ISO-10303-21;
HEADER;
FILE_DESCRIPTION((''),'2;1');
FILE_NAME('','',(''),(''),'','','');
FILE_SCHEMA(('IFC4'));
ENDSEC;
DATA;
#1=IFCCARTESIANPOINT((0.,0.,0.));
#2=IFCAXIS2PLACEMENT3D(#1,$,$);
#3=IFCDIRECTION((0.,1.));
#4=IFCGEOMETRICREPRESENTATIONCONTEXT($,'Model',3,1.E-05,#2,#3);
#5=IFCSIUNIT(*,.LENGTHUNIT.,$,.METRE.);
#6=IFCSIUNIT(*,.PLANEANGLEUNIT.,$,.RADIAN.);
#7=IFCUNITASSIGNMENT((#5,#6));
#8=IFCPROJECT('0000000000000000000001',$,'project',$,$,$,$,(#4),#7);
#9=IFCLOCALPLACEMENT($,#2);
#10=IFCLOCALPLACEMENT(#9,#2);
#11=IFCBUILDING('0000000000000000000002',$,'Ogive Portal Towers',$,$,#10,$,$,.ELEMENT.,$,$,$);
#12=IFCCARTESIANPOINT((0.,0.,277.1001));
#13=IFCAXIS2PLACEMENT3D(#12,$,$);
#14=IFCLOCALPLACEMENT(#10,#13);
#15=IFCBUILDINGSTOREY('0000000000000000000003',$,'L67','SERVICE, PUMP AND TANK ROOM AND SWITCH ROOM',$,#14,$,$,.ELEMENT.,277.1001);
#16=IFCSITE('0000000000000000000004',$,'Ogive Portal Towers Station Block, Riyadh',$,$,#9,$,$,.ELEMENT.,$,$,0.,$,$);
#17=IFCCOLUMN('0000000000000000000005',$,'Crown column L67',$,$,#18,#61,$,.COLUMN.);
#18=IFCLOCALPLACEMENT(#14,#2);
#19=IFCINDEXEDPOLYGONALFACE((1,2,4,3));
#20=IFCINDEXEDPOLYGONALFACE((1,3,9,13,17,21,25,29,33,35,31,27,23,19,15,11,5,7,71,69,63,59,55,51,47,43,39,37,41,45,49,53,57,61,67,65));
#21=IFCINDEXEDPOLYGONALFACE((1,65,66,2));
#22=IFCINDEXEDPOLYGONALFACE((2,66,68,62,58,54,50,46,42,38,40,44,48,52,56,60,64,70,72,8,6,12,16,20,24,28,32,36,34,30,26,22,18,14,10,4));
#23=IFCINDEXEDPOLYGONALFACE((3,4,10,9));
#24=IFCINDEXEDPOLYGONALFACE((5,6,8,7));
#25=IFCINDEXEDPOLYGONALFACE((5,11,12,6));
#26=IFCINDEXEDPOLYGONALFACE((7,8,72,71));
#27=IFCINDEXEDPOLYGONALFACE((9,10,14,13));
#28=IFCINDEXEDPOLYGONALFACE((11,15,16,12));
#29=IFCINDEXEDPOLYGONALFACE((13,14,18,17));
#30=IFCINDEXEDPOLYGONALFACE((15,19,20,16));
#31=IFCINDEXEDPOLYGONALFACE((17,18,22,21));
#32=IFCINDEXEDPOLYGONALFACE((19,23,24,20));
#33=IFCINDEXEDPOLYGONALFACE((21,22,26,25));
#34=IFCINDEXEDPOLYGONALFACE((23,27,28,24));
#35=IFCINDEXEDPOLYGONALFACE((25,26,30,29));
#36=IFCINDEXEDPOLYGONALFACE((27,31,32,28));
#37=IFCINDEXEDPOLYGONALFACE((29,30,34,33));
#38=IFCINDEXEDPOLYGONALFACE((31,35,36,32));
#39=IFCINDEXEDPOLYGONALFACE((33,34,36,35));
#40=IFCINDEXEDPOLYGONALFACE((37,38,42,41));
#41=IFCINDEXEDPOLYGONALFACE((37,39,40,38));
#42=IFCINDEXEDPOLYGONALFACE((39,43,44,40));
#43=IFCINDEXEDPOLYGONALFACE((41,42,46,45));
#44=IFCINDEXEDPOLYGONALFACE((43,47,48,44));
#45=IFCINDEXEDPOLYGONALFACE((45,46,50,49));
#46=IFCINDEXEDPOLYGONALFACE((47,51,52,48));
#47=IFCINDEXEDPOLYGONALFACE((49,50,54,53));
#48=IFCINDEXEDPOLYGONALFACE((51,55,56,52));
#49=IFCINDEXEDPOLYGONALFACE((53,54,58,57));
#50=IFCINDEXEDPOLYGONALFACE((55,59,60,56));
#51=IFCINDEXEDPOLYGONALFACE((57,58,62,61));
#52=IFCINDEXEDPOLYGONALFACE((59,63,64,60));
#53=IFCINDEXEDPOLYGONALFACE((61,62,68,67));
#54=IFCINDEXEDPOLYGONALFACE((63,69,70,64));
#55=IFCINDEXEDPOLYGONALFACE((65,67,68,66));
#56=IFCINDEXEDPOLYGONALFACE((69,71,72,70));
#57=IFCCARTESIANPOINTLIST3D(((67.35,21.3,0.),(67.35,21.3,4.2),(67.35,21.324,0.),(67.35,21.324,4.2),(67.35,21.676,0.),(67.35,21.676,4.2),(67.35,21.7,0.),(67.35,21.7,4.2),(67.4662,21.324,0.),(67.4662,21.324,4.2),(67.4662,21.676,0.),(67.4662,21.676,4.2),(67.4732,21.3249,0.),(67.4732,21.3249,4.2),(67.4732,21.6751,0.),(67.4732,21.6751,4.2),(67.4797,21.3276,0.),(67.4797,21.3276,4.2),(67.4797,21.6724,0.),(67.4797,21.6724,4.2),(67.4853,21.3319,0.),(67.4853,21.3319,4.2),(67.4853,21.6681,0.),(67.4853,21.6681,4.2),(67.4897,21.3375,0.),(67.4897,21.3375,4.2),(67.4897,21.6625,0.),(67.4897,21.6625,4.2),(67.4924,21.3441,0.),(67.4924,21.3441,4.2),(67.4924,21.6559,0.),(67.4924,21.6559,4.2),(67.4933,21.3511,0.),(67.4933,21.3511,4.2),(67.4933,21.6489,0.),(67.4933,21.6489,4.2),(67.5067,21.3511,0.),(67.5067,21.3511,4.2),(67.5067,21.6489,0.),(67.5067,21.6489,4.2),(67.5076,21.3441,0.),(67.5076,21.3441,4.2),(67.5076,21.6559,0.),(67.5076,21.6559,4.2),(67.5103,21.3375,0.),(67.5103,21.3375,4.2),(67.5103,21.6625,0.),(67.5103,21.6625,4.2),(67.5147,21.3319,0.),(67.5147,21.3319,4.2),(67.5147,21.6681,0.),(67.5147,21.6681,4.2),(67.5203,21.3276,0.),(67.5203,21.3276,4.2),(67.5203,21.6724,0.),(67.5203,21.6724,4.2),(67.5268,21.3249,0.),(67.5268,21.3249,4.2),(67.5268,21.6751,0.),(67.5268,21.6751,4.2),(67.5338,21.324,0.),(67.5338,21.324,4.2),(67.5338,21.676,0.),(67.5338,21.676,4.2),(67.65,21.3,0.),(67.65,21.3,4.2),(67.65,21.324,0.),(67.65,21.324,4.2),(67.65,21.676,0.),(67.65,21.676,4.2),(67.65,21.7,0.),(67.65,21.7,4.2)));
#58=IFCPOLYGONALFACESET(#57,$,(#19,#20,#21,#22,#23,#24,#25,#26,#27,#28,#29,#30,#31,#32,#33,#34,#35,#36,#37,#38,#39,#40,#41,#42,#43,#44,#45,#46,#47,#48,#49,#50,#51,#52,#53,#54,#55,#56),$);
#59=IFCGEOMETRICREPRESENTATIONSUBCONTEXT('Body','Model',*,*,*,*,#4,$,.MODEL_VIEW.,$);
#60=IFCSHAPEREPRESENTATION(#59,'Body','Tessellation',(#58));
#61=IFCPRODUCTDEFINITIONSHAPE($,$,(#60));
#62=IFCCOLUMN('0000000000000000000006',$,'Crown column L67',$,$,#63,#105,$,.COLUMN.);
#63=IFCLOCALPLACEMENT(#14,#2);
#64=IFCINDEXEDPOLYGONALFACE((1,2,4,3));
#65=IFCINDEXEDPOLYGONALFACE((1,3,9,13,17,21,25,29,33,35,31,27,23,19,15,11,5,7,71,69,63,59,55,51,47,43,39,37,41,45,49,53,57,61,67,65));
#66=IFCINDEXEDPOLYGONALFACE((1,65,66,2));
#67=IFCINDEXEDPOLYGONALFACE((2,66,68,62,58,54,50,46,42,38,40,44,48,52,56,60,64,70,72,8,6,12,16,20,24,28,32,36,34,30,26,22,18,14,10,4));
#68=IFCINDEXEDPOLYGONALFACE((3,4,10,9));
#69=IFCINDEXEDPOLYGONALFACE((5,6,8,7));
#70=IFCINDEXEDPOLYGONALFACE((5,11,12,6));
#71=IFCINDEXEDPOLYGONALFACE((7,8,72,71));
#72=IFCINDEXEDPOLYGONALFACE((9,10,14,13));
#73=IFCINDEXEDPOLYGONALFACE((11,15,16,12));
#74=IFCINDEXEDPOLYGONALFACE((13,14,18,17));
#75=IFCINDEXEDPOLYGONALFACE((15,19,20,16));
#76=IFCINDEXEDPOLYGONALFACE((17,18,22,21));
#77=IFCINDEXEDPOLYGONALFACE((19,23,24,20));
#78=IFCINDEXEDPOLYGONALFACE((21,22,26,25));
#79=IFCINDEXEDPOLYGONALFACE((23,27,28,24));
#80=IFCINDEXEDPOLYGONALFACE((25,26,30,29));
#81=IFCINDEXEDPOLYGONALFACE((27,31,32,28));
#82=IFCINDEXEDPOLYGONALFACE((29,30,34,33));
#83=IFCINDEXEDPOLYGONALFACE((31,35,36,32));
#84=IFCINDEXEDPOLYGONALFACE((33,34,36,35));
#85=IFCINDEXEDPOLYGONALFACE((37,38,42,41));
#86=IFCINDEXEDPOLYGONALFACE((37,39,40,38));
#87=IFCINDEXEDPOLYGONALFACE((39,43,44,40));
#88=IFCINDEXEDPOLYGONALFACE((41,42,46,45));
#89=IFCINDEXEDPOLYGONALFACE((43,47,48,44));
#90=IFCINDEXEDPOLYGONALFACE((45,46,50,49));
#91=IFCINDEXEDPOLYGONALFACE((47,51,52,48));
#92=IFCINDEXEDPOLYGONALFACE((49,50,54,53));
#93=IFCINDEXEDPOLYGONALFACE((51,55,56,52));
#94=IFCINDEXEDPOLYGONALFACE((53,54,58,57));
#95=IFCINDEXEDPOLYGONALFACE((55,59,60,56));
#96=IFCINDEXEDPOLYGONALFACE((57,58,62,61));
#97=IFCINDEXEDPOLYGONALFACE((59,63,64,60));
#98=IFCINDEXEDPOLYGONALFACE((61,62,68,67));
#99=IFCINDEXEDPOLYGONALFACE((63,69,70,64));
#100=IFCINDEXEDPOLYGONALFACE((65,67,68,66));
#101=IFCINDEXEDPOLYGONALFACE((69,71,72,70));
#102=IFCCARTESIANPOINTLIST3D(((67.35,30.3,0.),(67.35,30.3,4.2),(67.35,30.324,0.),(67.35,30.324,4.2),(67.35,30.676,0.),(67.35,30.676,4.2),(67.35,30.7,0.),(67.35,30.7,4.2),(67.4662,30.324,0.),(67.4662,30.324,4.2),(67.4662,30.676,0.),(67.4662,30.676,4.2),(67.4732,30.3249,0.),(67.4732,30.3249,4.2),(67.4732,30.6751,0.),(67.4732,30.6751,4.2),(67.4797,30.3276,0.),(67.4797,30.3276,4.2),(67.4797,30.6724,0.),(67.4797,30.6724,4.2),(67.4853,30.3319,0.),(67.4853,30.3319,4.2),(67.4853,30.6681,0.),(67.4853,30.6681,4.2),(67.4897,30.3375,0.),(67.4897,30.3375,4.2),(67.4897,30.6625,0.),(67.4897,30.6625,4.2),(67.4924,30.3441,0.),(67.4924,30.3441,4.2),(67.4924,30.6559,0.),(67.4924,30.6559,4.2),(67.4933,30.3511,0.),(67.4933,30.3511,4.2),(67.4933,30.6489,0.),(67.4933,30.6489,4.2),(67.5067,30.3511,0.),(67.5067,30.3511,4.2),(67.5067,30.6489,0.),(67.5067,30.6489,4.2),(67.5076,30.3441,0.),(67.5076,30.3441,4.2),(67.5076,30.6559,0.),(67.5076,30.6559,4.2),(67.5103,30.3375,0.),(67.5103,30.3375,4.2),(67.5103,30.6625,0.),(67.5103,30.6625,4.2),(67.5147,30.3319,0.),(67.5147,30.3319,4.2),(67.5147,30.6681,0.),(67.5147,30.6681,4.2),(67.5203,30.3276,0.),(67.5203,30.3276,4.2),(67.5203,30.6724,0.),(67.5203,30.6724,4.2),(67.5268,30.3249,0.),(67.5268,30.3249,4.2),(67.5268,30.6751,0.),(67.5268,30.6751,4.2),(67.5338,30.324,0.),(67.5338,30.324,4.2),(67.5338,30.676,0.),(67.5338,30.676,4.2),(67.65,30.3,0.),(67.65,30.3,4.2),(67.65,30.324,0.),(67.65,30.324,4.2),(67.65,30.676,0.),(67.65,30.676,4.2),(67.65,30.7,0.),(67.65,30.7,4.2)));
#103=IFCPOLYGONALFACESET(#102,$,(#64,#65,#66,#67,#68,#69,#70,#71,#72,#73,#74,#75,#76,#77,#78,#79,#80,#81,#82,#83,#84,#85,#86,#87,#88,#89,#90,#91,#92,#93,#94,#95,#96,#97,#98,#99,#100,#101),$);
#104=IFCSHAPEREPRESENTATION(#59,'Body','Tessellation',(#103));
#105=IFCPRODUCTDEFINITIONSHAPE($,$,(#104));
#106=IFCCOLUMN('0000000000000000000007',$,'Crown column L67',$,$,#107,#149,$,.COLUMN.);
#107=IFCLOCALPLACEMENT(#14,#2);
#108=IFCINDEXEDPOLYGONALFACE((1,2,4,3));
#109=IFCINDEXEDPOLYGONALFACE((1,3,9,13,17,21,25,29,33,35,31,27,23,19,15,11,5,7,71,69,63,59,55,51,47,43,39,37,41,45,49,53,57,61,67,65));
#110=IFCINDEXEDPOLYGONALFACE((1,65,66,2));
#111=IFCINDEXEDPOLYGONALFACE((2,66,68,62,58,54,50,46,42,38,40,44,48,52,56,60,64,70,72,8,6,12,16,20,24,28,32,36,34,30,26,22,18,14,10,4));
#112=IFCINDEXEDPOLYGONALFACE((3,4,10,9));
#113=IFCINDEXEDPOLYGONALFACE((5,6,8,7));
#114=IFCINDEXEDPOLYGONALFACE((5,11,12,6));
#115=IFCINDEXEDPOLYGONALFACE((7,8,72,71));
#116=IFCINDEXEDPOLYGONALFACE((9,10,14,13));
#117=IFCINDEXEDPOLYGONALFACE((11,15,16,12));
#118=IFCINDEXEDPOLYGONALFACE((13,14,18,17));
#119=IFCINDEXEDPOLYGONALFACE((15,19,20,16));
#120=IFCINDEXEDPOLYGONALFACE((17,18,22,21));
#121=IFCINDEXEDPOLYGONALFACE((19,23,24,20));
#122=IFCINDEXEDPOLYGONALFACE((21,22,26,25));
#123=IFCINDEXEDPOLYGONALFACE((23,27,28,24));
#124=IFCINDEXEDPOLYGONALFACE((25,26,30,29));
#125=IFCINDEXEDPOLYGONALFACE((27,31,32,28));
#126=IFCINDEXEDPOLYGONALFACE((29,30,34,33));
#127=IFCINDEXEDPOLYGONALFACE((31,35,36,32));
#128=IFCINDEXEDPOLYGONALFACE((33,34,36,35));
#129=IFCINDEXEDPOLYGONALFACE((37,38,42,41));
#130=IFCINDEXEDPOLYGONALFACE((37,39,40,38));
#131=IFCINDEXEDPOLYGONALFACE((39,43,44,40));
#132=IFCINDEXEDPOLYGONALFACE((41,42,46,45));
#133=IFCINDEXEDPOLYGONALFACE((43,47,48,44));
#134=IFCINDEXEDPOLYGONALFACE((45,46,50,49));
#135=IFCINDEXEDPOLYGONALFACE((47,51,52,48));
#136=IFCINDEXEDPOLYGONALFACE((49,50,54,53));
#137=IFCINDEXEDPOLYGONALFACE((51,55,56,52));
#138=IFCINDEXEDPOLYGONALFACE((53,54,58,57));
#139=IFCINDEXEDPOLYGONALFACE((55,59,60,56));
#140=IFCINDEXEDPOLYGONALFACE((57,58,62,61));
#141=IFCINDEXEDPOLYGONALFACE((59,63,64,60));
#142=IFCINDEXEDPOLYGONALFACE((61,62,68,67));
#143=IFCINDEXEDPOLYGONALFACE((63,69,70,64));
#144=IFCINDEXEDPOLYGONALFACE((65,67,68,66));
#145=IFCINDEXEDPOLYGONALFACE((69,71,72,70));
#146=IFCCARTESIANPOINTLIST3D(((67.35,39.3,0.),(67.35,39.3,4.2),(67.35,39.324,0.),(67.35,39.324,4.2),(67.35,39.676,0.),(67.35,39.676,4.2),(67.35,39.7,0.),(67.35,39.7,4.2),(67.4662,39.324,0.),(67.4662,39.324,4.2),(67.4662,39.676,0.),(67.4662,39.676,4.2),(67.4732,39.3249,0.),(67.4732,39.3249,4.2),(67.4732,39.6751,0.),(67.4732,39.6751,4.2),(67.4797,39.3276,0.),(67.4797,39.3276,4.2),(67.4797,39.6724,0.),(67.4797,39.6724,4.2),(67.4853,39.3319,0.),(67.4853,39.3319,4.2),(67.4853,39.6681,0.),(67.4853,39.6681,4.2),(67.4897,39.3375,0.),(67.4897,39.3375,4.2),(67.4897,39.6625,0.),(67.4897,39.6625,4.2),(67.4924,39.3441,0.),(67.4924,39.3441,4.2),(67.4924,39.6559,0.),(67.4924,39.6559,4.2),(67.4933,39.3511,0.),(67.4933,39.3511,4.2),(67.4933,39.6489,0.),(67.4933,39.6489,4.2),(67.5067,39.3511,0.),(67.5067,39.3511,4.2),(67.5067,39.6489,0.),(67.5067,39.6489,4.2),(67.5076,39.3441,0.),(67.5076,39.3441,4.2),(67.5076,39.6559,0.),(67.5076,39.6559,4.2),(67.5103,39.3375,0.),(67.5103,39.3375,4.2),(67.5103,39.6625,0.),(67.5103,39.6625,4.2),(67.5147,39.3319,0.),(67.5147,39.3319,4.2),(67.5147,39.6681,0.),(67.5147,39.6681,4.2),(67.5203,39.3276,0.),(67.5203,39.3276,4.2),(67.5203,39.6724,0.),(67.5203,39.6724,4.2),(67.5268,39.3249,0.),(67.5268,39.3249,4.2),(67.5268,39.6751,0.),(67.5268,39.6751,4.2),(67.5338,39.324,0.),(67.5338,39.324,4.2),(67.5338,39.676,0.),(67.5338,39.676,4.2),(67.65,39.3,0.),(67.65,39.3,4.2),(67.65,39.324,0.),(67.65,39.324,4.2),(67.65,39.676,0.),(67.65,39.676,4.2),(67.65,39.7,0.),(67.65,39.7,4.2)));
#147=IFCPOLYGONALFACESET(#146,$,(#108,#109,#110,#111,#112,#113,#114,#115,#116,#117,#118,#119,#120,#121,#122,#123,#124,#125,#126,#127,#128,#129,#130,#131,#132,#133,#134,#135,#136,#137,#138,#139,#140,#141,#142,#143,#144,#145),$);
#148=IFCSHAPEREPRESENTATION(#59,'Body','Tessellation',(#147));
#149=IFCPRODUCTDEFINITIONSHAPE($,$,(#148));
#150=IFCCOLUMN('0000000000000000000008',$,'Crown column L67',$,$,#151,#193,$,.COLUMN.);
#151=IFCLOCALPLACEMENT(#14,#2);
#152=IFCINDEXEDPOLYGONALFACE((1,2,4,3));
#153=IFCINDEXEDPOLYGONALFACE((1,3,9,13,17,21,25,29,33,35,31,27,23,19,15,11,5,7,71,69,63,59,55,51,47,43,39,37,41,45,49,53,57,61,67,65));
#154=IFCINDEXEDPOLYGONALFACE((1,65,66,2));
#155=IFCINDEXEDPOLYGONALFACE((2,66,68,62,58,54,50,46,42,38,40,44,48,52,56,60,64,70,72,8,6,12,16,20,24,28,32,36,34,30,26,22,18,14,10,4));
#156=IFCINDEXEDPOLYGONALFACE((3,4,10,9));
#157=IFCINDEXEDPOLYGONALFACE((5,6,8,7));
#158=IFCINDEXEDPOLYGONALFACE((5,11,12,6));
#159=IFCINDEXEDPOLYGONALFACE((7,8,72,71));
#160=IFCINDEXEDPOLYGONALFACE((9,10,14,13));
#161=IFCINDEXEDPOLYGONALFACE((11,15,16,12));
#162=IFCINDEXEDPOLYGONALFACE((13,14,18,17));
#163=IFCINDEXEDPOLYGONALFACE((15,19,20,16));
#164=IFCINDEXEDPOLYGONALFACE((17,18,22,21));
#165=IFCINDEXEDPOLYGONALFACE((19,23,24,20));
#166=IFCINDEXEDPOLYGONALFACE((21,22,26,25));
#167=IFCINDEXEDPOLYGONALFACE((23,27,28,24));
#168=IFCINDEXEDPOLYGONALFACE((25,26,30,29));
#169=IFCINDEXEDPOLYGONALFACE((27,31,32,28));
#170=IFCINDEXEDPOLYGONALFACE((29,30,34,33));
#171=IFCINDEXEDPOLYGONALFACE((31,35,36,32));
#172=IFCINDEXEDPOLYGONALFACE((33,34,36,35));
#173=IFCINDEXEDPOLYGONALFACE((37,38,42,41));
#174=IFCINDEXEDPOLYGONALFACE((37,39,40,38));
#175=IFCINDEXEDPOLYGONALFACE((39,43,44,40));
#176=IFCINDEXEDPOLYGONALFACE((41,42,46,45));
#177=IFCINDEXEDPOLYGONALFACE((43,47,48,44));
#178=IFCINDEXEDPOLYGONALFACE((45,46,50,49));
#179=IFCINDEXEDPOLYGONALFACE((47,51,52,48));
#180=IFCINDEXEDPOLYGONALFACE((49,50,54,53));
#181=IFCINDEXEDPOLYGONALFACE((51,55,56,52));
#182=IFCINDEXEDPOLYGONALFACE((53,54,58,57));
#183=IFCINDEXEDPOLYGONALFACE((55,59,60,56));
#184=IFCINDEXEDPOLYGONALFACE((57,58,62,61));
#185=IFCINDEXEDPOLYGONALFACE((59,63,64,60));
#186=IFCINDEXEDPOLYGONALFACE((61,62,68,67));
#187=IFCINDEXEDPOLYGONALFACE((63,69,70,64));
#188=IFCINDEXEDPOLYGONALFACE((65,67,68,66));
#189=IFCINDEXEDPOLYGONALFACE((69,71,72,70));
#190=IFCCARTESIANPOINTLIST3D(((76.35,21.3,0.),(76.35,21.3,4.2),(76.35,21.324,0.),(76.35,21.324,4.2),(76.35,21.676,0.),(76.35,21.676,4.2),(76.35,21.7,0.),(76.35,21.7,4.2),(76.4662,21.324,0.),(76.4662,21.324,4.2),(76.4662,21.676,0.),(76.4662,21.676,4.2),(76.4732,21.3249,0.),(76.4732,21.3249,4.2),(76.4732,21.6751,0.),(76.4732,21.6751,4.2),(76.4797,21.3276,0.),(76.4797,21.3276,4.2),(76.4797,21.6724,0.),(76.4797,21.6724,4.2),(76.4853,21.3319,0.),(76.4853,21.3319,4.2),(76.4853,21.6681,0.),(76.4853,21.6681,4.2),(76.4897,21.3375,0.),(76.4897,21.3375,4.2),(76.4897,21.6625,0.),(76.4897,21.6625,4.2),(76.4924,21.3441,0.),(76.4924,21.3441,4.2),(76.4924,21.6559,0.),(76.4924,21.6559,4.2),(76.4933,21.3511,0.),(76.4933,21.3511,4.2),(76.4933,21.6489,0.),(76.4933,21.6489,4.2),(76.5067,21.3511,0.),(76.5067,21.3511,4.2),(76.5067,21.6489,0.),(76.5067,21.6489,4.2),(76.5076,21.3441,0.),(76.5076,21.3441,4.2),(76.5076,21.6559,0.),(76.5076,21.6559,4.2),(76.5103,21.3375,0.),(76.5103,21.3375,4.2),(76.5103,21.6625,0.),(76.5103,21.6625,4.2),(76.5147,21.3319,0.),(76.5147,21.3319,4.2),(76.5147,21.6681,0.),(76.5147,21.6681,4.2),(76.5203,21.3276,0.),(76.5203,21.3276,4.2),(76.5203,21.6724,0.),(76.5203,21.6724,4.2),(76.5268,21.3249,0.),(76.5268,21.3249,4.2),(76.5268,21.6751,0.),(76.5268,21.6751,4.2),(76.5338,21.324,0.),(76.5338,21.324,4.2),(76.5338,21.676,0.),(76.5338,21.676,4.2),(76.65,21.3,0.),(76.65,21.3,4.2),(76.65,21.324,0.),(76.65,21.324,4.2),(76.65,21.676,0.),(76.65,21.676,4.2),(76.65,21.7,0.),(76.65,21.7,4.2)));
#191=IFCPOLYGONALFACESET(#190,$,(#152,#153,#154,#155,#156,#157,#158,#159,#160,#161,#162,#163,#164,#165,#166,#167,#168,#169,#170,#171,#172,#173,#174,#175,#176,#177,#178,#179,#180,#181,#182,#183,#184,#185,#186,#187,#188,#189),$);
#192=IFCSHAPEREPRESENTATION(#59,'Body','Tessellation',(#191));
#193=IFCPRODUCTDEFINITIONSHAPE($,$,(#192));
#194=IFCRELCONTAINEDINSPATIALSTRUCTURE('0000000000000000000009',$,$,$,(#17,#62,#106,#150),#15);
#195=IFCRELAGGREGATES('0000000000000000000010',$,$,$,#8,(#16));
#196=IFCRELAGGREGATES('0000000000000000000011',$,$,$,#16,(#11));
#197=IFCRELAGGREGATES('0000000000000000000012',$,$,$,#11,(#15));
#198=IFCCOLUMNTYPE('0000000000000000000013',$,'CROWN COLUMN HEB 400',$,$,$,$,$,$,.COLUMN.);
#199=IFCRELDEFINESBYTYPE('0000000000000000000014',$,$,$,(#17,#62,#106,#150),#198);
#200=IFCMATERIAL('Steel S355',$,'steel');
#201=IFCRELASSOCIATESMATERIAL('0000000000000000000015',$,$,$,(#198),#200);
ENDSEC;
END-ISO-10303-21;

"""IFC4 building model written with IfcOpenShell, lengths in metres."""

from ifc_helpers import new_model, si_unit, direction, frame, origin, origin_2d, place, context, subcontext, project, spatial, i_section, extrude, material, material_profile, profile_set, type_object, element, save


model = new_model("IFC4")

# Units and contexts
model_context = context("Model", 3, precision=1e-05, world=origin(), true_north=direction((0.0, 1.0)))
body_context = subcontext(model_context, "Body", "Model", "MODEL_VIEW")
ifc_project = project(units=[si_unit("LENGTHUNIT", "METRE"), si_unit("PLANEANGLEUNIT", "RADIAN")], contexts=[model_context])

# Site, building, storey
site_placement = place(None, origin())
site = spatial("IfcSite", under=ifc_project, at=site_placement, Name="Ogive Portal Towers Station Block, Riyadh", CompositionType="ELEMENT", RefElevation=0.0)
building_placement = place(site_placement, origin())
building = spatial("IfcBuilding", under=site, at=building_placement, Name="Ogive Portal Towers", CompositionType="ELEMENT")
storey_placement = place(building_placement, frame((0.0, 0.0, 277.1001)))
storey = spatial("IfcBuildingStorey", under=building, at=storey_placement, Name="L67", Description="SERVICE, PUMP AND TANK ROOM AND SWITCH ROOM", CompositionType="ELEMENT", Elevation=277.1001)

# Columns
ifc_material_1 = material(Name="Steel S355", Category="steel")
ifc_material_profile_1 = material_profile(ifc_material_1, i_section(OverallWidth=0.3, OverallDepth=0.3999, WebThickness=0.0134, FlangeThickness=0.0239, FilletRadius=0.0271, at=origin_2d()), Name="HEB 400")
ifc_profile_set_1 = profile_set([ifc_material_profile_1], Name="Steel S355")
column_type = type_object("IfcColumnType", Name="CROWN COLUMN HEB 400", PredefinedType="COLUMN", material=ifc_profile_set_1)
for number, where, z_axis, x_axis, name in (
    (1, (67.5, 21.5, 0.0), (0.0, 0.0, 1.0), (1.0, 0.0, 0.0), "Crown column L67"),
    (2, (67.5, 30.5, 0.0), (0.0, 0.0, 1.0), (1.0, 0.0, 0.0), "Crown column L67"),
    (3, (67.5, 39.5, 0.0), (0.0, 0.0, 1.0), (1.0, 0.0, 0.0), "Crown column L67"),
    (4, (76.5, 21.5, 0.0), (0.0, 0.0, 1.0), (1.0, 0.0, 0.0), "Crown column L67"),
):
    element("IfcColumn", number, at=place(storey_placement, frame(where, z_axis=z_axis, x_axis=x_axis)), inside=storey, type_object=column_type, Name=name, PredefinedType="COLUMN", context=body_context, shape_type="SweptSolid", body=[
        extrude(i_section(OverallWidth=0.3, OverallDepth=0.3999, WebThickness=0.0134, FlangeThickness=0.0239, FilletRadius=0.0271, at=origin_2d()), origin(), (0.0, 0.0, 1.0), 4.2),
    ])

save(model, "model.ifc")
